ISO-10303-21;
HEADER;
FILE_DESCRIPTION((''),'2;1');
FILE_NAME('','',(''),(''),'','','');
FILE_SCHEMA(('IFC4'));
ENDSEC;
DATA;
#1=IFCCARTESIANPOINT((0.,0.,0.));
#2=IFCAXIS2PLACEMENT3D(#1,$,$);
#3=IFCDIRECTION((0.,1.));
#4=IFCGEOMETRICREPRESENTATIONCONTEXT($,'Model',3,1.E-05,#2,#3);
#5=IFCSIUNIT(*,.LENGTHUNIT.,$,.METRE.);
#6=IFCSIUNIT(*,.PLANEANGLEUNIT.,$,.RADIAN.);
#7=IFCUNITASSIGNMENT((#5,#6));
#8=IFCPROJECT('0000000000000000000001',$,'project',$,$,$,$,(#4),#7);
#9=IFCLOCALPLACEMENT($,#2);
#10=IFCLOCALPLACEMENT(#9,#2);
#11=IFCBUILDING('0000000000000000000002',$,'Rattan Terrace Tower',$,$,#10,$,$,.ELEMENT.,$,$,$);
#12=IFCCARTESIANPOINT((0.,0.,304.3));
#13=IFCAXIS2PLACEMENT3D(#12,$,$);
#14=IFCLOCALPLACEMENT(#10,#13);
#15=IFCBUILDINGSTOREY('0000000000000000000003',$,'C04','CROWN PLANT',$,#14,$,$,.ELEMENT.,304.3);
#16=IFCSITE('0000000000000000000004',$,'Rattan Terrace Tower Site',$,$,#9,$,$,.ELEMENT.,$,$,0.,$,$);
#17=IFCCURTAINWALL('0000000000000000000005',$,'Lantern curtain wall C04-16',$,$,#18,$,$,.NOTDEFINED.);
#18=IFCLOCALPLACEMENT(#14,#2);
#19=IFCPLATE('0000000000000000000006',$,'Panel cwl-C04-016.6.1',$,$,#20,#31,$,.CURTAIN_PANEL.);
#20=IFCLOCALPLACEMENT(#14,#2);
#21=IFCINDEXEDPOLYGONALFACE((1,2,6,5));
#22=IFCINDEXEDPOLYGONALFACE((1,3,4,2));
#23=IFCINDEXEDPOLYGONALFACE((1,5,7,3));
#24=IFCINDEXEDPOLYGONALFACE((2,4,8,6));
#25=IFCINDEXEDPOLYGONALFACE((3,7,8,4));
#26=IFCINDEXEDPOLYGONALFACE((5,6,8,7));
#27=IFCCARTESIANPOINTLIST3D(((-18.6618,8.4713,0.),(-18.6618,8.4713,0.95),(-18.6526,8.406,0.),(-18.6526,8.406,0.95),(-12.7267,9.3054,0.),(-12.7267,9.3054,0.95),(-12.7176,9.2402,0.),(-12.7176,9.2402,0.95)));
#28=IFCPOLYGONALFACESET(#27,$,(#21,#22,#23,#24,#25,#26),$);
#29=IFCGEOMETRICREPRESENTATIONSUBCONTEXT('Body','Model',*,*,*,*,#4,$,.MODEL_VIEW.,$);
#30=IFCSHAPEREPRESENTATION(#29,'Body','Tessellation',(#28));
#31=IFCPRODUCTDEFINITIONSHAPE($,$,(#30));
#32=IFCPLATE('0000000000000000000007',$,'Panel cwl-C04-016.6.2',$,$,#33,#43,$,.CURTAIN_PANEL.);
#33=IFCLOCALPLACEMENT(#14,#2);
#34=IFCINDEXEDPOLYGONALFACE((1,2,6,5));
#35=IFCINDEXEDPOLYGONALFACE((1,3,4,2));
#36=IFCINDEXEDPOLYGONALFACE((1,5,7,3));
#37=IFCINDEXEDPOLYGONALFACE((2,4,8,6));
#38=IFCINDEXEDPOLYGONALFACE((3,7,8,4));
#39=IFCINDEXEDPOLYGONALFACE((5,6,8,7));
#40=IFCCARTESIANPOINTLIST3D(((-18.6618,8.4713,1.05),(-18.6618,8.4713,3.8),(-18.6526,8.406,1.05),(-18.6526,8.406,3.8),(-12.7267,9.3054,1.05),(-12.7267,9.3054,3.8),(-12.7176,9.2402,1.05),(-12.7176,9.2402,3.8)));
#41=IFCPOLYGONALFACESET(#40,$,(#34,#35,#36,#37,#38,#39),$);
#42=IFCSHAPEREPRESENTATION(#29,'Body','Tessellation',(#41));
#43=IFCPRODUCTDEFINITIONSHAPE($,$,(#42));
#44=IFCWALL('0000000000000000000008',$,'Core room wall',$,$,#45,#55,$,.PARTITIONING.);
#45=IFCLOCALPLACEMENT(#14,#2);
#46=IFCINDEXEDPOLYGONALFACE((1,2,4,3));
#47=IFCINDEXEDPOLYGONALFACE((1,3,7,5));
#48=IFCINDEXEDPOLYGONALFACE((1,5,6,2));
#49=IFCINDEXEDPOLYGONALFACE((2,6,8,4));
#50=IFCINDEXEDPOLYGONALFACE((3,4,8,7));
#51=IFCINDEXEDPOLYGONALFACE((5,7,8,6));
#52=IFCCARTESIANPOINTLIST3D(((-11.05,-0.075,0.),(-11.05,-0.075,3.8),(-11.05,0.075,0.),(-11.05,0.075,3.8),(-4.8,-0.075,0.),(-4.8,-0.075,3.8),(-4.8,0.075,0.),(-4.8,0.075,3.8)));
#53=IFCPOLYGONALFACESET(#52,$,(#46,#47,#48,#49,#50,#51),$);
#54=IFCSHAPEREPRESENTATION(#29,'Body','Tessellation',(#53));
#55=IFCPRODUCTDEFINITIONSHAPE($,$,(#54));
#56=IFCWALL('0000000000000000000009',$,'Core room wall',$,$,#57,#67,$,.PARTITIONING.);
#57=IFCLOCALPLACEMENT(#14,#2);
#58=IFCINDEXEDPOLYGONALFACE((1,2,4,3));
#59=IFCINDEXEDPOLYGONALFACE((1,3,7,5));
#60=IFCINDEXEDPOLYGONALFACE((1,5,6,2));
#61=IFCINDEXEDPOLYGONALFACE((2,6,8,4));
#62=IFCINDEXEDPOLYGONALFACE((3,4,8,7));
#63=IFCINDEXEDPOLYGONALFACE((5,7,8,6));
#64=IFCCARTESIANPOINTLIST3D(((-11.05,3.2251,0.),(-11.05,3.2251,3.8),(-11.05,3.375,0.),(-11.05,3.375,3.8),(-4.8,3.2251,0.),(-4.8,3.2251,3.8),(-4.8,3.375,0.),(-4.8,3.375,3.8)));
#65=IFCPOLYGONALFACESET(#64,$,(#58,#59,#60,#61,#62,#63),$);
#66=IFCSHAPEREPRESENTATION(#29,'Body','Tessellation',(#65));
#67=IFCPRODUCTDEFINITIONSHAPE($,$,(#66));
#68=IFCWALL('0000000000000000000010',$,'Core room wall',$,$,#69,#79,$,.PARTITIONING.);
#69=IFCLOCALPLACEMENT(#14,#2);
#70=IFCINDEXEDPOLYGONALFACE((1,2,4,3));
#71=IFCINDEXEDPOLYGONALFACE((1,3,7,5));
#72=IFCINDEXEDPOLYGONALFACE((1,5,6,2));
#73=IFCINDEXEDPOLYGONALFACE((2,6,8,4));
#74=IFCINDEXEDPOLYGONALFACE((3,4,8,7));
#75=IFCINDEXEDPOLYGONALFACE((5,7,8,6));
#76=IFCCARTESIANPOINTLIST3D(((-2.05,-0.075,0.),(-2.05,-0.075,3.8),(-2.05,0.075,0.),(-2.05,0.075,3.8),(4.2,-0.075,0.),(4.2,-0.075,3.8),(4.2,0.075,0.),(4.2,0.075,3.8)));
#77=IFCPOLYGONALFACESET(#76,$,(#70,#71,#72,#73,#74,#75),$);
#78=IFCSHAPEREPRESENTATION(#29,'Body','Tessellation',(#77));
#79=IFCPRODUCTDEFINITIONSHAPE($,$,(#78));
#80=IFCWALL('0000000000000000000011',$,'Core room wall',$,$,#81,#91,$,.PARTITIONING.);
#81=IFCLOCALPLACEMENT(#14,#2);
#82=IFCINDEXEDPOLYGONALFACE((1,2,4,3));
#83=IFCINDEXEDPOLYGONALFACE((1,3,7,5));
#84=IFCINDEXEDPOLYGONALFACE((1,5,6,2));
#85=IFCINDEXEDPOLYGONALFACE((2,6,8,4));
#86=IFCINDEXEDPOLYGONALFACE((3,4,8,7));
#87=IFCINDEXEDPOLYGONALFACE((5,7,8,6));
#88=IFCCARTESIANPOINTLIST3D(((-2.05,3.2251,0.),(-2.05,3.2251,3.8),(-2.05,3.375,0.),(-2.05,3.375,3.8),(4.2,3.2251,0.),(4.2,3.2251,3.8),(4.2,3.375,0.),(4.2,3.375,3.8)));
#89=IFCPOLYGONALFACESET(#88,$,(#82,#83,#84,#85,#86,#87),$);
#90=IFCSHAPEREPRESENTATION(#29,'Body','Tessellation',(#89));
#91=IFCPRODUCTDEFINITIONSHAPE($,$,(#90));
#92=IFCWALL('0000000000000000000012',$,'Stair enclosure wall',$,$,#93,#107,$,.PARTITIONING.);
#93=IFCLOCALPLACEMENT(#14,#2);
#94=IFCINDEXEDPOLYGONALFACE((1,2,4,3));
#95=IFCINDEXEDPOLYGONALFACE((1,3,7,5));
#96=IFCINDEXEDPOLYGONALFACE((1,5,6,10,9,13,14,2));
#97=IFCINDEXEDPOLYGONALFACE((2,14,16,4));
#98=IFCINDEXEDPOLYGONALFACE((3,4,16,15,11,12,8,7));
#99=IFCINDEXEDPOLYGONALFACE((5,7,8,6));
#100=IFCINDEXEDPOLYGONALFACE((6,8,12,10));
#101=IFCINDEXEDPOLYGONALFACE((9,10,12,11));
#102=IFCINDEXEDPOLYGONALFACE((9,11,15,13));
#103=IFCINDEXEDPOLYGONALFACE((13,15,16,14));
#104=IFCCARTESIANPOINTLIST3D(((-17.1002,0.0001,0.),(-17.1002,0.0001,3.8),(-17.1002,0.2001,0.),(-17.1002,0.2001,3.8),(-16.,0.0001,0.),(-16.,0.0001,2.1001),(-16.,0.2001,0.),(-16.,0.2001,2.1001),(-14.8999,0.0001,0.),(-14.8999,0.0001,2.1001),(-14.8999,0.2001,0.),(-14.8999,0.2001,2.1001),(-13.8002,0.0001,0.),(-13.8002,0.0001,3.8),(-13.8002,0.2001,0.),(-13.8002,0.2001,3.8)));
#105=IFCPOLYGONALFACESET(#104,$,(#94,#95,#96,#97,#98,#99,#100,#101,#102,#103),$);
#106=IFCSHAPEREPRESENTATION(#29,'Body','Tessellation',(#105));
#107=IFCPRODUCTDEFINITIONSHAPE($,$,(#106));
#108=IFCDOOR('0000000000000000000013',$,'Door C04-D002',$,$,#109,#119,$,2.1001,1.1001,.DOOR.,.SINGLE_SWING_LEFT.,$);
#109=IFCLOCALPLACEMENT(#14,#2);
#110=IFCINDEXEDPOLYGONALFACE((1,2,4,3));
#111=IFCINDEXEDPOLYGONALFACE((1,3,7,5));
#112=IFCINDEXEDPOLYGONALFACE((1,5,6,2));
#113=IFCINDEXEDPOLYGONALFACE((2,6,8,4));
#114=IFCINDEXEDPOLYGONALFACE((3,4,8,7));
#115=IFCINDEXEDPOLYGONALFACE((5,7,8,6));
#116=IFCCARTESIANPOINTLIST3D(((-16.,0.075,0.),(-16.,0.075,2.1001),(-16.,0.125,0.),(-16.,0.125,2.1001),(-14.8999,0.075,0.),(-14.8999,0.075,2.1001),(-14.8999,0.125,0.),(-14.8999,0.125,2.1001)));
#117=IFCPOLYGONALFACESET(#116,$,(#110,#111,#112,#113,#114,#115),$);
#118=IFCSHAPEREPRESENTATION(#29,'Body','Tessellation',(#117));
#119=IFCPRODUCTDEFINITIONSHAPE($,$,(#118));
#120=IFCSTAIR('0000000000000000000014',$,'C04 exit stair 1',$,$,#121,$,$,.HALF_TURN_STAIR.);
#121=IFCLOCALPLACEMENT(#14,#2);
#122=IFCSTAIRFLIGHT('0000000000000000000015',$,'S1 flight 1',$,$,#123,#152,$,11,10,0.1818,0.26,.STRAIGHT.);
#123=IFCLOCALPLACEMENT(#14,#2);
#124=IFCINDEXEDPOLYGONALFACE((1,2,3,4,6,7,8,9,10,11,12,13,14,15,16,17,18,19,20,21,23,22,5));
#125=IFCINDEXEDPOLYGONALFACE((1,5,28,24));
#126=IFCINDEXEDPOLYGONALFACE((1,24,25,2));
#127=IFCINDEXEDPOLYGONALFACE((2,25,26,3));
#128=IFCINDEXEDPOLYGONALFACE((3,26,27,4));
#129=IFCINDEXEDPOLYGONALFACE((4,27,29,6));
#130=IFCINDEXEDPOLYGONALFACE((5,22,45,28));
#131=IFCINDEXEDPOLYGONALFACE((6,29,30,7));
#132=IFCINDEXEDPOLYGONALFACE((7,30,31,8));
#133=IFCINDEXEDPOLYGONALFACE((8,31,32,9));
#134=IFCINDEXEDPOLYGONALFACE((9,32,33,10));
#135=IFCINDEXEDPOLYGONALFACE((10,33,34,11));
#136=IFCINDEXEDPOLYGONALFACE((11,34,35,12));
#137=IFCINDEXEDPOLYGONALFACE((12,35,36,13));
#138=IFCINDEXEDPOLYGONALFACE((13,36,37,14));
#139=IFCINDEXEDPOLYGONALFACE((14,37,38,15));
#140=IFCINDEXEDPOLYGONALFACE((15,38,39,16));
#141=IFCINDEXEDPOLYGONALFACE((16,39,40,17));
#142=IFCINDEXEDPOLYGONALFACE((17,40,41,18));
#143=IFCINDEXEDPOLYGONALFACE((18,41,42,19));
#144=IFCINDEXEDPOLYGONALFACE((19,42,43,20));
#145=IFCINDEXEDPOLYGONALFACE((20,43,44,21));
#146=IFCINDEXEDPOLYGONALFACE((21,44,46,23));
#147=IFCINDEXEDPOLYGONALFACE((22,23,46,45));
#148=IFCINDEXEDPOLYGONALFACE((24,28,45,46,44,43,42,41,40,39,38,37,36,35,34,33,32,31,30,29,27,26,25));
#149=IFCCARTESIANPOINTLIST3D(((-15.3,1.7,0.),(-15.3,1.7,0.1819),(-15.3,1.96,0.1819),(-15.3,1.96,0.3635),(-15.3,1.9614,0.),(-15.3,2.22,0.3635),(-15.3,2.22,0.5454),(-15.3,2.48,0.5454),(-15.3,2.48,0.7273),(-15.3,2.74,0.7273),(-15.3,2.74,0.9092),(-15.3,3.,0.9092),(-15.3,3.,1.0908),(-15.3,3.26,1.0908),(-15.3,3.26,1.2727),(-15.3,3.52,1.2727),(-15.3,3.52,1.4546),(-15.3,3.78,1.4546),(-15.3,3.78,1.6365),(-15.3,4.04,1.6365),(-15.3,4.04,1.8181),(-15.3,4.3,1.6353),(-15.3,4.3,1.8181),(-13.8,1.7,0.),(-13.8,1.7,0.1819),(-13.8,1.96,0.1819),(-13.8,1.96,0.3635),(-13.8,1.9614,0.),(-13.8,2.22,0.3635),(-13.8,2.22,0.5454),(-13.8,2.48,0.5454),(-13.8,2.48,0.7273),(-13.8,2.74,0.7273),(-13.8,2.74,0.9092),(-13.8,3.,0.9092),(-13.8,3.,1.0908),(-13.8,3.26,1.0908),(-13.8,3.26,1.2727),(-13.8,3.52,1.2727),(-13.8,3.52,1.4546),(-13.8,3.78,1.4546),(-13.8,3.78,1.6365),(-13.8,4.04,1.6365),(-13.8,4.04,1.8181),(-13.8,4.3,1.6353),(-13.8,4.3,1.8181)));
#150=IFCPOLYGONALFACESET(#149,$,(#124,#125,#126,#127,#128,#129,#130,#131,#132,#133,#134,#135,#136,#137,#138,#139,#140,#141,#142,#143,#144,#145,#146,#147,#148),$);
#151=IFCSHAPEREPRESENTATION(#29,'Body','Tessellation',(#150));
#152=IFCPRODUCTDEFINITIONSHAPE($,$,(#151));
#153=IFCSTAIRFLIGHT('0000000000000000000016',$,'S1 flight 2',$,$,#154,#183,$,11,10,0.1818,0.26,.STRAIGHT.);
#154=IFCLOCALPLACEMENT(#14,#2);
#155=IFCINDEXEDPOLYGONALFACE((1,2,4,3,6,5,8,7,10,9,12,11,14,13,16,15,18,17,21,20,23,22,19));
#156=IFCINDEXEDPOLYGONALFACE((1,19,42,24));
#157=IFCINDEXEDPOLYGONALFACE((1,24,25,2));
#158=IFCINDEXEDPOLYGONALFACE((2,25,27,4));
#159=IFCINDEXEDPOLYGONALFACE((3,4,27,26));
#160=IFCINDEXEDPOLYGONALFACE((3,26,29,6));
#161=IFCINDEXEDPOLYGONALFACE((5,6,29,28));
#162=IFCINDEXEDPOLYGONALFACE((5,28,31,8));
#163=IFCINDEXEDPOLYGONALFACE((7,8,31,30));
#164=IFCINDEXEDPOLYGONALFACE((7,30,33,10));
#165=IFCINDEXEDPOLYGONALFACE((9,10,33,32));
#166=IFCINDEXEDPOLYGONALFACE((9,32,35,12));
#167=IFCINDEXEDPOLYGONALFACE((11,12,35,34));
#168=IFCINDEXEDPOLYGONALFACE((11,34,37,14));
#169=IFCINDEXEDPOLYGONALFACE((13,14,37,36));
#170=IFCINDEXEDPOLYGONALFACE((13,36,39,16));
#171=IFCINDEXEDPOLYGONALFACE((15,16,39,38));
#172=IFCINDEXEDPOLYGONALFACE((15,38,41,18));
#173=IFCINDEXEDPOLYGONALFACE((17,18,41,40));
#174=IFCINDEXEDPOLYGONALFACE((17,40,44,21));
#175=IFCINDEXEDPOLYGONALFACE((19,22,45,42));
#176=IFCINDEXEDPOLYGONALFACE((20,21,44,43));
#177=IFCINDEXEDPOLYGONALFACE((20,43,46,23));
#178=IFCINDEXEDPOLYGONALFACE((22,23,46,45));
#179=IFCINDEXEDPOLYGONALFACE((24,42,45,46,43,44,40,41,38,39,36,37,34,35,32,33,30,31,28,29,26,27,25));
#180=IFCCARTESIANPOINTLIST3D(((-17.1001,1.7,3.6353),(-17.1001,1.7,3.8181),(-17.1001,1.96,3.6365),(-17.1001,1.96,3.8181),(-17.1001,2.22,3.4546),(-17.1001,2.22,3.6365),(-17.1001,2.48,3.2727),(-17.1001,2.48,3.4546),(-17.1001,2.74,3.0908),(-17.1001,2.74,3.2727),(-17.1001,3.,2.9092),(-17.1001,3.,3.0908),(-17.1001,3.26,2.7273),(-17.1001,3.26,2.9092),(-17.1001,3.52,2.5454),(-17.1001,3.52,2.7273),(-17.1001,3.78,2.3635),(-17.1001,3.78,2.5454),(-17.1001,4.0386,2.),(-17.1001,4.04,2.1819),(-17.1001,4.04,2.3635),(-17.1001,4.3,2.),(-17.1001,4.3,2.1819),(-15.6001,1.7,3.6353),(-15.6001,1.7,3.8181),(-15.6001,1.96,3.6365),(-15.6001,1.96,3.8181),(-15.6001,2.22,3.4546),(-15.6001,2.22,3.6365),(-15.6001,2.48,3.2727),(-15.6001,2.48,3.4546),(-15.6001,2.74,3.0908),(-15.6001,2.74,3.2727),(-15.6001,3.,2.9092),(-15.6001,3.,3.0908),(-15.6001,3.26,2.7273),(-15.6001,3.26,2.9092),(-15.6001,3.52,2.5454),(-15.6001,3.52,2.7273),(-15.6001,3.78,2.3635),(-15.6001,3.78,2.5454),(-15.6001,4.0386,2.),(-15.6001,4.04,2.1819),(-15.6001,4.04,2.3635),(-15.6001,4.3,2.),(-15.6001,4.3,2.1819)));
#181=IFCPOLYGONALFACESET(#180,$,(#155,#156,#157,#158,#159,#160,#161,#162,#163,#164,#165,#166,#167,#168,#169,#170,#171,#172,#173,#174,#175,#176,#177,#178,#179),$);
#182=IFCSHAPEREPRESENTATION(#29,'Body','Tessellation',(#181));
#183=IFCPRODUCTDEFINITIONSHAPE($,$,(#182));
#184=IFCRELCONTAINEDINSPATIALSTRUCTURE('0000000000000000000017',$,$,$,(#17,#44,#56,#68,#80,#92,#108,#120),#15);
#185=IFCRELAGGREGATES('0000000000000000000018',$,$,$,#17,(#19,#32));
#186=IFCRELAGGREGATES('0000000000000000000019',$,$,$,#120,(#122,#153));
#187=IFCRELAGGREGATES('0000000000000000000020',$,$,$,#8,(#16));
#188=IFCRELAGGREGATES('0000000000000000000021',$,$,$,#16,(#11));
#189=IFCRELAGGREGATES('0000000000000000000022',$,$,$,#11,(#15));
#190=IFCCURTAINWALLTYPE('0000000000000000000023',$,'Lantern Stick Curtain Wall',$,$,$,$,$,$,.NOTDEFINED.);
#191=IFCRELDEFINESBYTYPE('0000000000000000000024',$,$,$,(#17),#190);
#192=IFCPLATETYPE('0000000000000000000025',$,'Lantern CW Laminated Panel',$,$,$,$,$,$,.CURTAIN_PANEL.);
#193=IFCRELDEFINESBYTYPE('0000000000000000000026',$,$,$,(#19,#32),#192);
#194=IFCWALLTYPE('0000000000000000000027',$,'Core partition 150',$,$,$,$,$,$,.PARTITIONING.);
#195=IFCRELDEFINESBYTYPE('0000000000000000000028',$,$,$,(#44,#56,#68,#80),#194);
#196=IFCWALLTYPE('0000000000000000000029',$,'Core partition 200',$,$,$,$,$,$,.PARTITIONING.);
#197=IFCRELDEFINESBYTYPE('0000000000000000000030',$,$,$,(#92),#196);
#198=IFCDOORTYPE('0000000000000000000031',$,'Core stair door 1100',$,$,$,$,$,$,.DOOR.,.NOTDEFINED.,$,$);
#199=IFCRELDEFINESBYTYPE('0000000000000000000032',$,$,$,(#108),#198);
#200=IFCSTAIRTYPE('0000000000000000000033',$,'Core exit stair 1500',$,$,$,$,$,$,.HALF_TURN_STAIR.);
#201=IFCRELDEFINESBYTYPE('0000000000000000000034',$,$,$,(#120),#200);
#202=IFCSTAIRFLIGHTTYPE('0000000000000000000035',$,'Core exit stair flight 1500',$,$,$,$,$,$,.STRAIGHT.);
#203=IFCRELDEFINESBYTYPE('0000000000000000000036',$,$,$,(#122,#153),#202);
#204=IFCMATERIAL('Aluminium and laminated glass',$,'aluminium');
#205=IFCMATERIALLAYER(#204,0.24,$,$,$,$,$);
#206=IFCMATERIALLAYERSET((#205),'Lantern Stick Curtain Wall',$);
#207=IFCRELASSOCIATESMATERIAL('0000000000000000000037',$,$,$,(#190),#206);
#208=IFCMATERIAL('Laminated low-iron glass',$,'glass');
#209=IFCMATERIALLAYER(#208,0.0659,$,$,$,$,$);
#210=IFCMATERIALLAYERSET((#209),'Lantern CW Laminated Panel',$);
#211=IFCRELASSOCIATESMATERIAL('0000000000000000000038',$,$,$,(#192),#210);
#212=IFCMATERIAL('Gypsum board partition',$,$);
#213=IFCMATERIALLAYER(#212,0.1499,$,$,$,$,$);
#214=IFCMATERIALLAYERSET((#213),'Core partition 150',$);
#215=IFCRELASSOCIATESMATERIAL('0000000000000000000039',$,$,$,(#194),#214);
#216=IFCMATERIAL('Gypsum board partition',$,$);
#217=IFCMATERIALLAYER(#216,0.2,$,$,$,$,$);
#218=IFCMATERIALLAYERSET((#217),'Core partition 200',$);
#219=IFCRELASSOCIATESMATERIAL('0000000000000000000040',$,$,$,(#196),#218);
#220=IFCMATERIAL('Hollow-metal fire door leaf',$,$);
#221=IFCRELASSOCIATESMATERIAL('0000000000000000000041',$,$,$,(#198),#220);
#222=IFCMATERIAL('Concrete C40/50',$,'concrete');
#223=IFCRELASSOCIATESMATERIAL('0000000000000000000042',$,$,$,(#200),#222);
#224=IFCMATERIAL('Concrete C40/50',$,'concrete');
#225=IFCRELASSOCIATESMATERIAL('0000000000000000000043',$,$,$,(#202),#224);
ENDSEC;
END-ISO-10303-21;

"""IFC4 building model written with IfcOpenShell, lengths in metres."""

from ifc_helpers import new_model, si_unit, direction, frame, frame_2d, origin, origin_2d, place, context, subcontext, project, spatial, polyline, rectangle, outline, extrude, material, layer, layer_set, type_object, element, fill, aggregate, save


model = new_model("IFC4")

# Units and contexts
model_context = context("Model", 3, precision=1e-05, world=origin(), true_north=direction((0.0, 1.0)))
body_context = subcontext(model_context, "Body", "Model", "MODEL_VIEW")
ifc_project = project(units=[si_unit("LENGTHUNIT", "METRE"), si_unit("PLANEANGLEUNIT", "RADIAN")], contexts=[model_context])

# Site, building, storey
site_placement = place(None, origin())
site = spatial("IfcSite", under=ifc_project, at=site_placement, Name="Rattan Terrace Tower Site", CompositionType="ELEMENT", RefElevation=0.0)
building_placement = place(site_placement, origin())
building = spatial("IfcBuilding", under=site, at=building_placement, Name="Rattan Terrace Tower", CompositionType="ELEMENT")
storey_placement = place(building_placement, frame((0.0, 0.0, 304.3)))
storey = spatial("IfcBuildingStorey", under=building, at=storey_placement, Name="C04", Description="CROWN PLANT", CompositionType="ELEMENT", Elevation=304.3)

# Curtain wall, plates
ifc_material_1 = material(Name="Aluminium and laminated glass", Category="aluminium")
ifc_layer_1 = layer(ifc_material_1, 0.24)
ifc_layer_set_1 = layer_set([ifc_layer_1], Name="Lantern Stick Curtain Wall")
curtain_wall_type = type_object("IfcCurtainWallType", Name="Lantern Stick Curtain Wall", PredefinedType="NOTDEFINED", material=ifc_layer_set_1)
curtain_wall_placement = place(storey_placement, origin())
curtain_wall = element("IfcCurtainWall", 1, at=curtain_wall_placement, inside=storey, type_object=curtain_wall_type, Name="Lantern curtain wall C04-16", PredefinedType="NOTDEFINED")
ifc_material_2 = material(Name="Laminated low-iron glass", Category="glass")
ifc_layer_2 = layer(ifc_material_2, 0.0659)
ifc_layer_set_2 = layer_set([ifc_layer_2], Name="Lantern CW Laminated Panel")
plate_type = type_object("IfcPlateType", Name="Lantern CW Laminated Panel", PredefinedType="CURTAIN_PANEL", material=ifc_layer_set_2)
plate_1_placement = place(storey_placement, frame((-15.6897, 8.8557, 0.0), z_axis=(0.0, 0.0, 1.0), x_axis=(-0.990267, -0.139181, 0.0)))
plate_1 = element("IfcPlate", 2, at=plate_1_placement, type_object=plate_type, Name="Panel cwl-C04-016.6.1", PredefinedType="CURTAIN_PANEL", context=body_context, shape_type="SweptSolid", body=[
    extrude(rectangle(XDim=5.9934, YDim=0.0659, at=origin_2d()), origin(), (0.0, 0.0, 1.0), 0.95),
])
plate_2_placement = place(storey_placement, frame((-15.6897, 8.8557, 1.05), z_axis=(0.0, 0.0, 1.0), x_axis=(-0.990267, -0.139181, 0.0)))
plate_2 = element("IfcPlate", 3, at=plate_2_placement, type_object=plate_type, Name="Panel cwl-C04-016.6.2", PredefinedType="CURTAIN_PANEL", context=body_context, shape_type="SweptSolid", body=[
    extrude(rectangle(XDim=5.9934, YDim=0.0659, at=origin_2d()), origin(), (0.0, 0.0, 1.0), 2.75),
])
aggregate(curtain_wall, [plate_1, plate_2])

# Walls
ifc_material_3 = material(Name="Gypsum board partition")
ifc_layer_3 = layer(ifc_material_3, 0.1499)
ifc_layer_set_3 = layer_set([ifc_layer_3], Name="Core partition 150")
wall_type_1 = type_object("IfcWallType", Name="Core partition 150", PredefinedType="PARTITIONING", material=ifc_layer_set_3)
for number, where, z_axis, x_axis, name in (
    (4, (-11.05, 0.0, 0.0), (0.0, 0.0, 1.0), (1.0, 0.0, 0.0), "Core room wall"),
    (5, (-11.05, 3.3, 0.0), (0.0, 0.0, 1.0), (1.0, 0.0, 0.0), "Core room wall"),
    (6, (-2.05, 0.0, 0.0), (0.0, 0.0, 1.0), (1.0, 0.0, 0.0), "Core room wall"),
    (7, (-2.05, 3.3, 0.0), (0.0, 0.0, 1.0), (1.0, 0.0, 0.0), "Core room wall"),
):
    element("IfcWall", number, at=place(storey_placement, frame(where, z_axis=z_axis, x_axis=x_axis)), inside=storey, type_object=wall_type_1, Name=name, PredefinedType="PARTITIONING", context=body_context, shape_type="SweptSolid", body=[
        extrude(rectangle(XDim=6.25, YDim=0.1499, at=frame_2d((3.125, 0.0))), origin(), (0.0, 0.0, 1.0), 3.8),
    ])

# Wall, opening, door
ifc_material_4 = material(Name="Gypsum board partition")
ifc_layer_4 = layer(ifc_material_4, 0.2)
ifc_layer_set_4 = layer_set([ifc_layer_4], Name="Core partition 200")
wall_type_2 = type_object("IfcWallType", Name="Core partition 200", PredefinedType="PARTITIONING", material=ifc_layer_set_4)
wall_placement = place(storey_placement, frame((-17.1001, 0.1001, 0.0), z_axis=(0.0, 0.0, 1.0), x_axis=(1.0, 0.0, 0.0)))
wall = element("IfcWall", 8, at=wall_placement, inside=storey, type_object=wall_type_2, Name="Stair enclosure wall", PredefinedType="PARTITIONING", context=body_context, shape_type="SweptSolid", body=[
    extrude(rectangle(XDim=3.3, YDim=0.2, at=frame_2d((1.6499, 0.0))), origin(), (0.0, 0.0, 1.0), 3.8),
])
opening_placement = place(wall_placement, frame((1.1001, 0.0, 0.0)))
opening = element("IfcOpeningElement", 9, at=opening_placement, cuts=wall, PredefinedType="OPENING", context=body_context, shape_type="SweptSolid", body=[
    extrude(rectangle(XDim=1.1001, YDim=2.1001, at=frame_2d((0.55, 1.05))), frame((0.0, 0.1106, 0.0), z_axis=(0.0, -1.0, 0.0), x_axis=(1.0, 0.0, 0.0)), (0.0, 0.0, 1.0), 0.2209),
])
ifc_material_5 = material(Name="Hollow-metal fire door leaf")
door_type = type_object("IfcDoorType", Name="Core stair door 1100", OperationType="NOTDEFINED", PredefinedType="DOOR", material=ifc_material_5)
door_placement = place(opening_placement, origin())
door = element("IfcDoor", 10, at=door_placement, inside=storey, type_object=door_type, Name="Door C04-D002", OperationType="SINGLE_SWING_LEFT", OverallHeight=2.1001, OverallWidth=1.1001, PredefinedType="DOOR", context=body_context, shape_type="SweptSolid", body=[
    extrude(rectangle(XDim=1.1001, YDim=2.1001, at=frame_2d((0.55, 1.05))), frame((0.0, 0.0249, 0.0), z_axis=(0.0, -1.0, 0.0), x_axis=(1.0, 0.0, 0.0)), (0.0, 0.0, 1.0), 0.05),
])
fill(opening, door)

# Stair, stair flights
ifc_material_6 = material(Name="Concrete C40/50", Category="concrete")
stair_type = type_object("IfcStairType", Name="Core exit stair 1500", PredefinedType="HALF_TURN_STAIR", material=ifc_material_6)
stair_placement = place(storey_placement, origin())
stair = element("IfcStair", 11, at=stair_placement, inside=storey, type_object=stair_type, Name="C04 exit stair 1", PredefinedType="HALF_TURN_STAIR")
ifc_material_7 = material(Name="Concrete C40/50", Category="concrete")
stair_flight_type = type_object("IfcStairFlightType", Name="Core exit stair flight 1500", PredefinedType="STRAIGHT", material=ifc_material_7)
stair_flight_1_placement = place(storey_placement, frame((-14.55, 1.7, 0.0), z_axis=(0.0, 0.0, 1.0), x_axis=(0.0, 1.0, 0.0)))
stair_flight_1 = element("IfcStairFlight", 12, at=stair_flight_1_placement, type_object=stair_flight_type, Name="S1 flight 1", NumberOfRisers=11, NumberOfTreads=10, PredefinedType="STRAIGHT", RiserHeight=0.1818, TreadLength=0.26, context=body_context, shape_type="SweptSolid", body=[
    extrude(outline(polyline([(0.0, 0.0), (0.0, 0.1819), (0.26, 0.1819), (0.26, 0.3635), (0.52, 0.3635), (0.52, 0.5454), (0.78, 0.5454), (0.78, 0.7273), (1.04, 0.7273), (1.04, 0.9092), (1.3, 0.9092), (1.3, 1.0908), (1.5601, 1.0908), (1.5601, 1.2727), (1.8201, 1.2727), (1.8201, 1.4546), (2.0801, 1.4546), (2.0801, 1.6365), (2.3401, 1.6365), (2.3401, 1.8181), (2.6001, 1.8181), (2.6001, 2.0), (2.6001, 1.6353), (0.2615, 0.0), (0.0, 0.0)])), frame((0.0, 0.75, 0.0), z_axis=(0.0, -1.0, 0.0), x_axis=(1.0, 0.0, 0.0)), (0.0, 0.0, 1.0), 1.5),
])
stair_flight_2_placement = place(storey_placement, frame((-16.3501, 4.3, 2.0), z_axis=(0.0, 0.0, 1.0), x_axis=(0.0, -1.0, 0.0)))
stair_flight_2 = element("IfcStairFlight", 13, at=stair_flight_2_placement, type_object=stair_flight_type, Name="S1 flight 2", NumberOfRisers=11, NumberOfTreads=10, PredefinedType="STRAIGHT", RiserHeight=0.1818, TreadLength=0.26, context=body_context, shape_type="SweptSolid", body=[
    extrude(outline(polyline([(0.0, 0.0), (0.0, 0.1819), (0.26, 0.1819), (0.26, 0.3635), (0.52, 0.3635), (0.52, 0.5454), (0.78, 0.5454), (0.78, 0.7273), (1.04, 0.7273), (1.04, 0.9092), (1.3, 0.9092), (1.3, 1.0908), (1.5601, 1.0908), (1.5601, 1.2727), (1.8201, 1.2727), (1.8201, 1.4546), (2.0801, 1.4546), (2.0801, 1.6365), (2.3401, 1.6365), (2.3401, 1.8181), (2.6001, 1.8181), (2.6001, 2.0), (2.6001, 1.6353), (0.2615, 0.0), (0.0, 0.0)])), frame((0.0, 0.75, 0.0), z_axis=(0.0, -1.0, 0.0), x_axis=(1.0, 0.0, 0.0)), (0.0, 0.0, 1.0), 1.5),
])
aggregate(stair, [stair_flight_1, stair_flight_2])

save(model, "model.ifc")
